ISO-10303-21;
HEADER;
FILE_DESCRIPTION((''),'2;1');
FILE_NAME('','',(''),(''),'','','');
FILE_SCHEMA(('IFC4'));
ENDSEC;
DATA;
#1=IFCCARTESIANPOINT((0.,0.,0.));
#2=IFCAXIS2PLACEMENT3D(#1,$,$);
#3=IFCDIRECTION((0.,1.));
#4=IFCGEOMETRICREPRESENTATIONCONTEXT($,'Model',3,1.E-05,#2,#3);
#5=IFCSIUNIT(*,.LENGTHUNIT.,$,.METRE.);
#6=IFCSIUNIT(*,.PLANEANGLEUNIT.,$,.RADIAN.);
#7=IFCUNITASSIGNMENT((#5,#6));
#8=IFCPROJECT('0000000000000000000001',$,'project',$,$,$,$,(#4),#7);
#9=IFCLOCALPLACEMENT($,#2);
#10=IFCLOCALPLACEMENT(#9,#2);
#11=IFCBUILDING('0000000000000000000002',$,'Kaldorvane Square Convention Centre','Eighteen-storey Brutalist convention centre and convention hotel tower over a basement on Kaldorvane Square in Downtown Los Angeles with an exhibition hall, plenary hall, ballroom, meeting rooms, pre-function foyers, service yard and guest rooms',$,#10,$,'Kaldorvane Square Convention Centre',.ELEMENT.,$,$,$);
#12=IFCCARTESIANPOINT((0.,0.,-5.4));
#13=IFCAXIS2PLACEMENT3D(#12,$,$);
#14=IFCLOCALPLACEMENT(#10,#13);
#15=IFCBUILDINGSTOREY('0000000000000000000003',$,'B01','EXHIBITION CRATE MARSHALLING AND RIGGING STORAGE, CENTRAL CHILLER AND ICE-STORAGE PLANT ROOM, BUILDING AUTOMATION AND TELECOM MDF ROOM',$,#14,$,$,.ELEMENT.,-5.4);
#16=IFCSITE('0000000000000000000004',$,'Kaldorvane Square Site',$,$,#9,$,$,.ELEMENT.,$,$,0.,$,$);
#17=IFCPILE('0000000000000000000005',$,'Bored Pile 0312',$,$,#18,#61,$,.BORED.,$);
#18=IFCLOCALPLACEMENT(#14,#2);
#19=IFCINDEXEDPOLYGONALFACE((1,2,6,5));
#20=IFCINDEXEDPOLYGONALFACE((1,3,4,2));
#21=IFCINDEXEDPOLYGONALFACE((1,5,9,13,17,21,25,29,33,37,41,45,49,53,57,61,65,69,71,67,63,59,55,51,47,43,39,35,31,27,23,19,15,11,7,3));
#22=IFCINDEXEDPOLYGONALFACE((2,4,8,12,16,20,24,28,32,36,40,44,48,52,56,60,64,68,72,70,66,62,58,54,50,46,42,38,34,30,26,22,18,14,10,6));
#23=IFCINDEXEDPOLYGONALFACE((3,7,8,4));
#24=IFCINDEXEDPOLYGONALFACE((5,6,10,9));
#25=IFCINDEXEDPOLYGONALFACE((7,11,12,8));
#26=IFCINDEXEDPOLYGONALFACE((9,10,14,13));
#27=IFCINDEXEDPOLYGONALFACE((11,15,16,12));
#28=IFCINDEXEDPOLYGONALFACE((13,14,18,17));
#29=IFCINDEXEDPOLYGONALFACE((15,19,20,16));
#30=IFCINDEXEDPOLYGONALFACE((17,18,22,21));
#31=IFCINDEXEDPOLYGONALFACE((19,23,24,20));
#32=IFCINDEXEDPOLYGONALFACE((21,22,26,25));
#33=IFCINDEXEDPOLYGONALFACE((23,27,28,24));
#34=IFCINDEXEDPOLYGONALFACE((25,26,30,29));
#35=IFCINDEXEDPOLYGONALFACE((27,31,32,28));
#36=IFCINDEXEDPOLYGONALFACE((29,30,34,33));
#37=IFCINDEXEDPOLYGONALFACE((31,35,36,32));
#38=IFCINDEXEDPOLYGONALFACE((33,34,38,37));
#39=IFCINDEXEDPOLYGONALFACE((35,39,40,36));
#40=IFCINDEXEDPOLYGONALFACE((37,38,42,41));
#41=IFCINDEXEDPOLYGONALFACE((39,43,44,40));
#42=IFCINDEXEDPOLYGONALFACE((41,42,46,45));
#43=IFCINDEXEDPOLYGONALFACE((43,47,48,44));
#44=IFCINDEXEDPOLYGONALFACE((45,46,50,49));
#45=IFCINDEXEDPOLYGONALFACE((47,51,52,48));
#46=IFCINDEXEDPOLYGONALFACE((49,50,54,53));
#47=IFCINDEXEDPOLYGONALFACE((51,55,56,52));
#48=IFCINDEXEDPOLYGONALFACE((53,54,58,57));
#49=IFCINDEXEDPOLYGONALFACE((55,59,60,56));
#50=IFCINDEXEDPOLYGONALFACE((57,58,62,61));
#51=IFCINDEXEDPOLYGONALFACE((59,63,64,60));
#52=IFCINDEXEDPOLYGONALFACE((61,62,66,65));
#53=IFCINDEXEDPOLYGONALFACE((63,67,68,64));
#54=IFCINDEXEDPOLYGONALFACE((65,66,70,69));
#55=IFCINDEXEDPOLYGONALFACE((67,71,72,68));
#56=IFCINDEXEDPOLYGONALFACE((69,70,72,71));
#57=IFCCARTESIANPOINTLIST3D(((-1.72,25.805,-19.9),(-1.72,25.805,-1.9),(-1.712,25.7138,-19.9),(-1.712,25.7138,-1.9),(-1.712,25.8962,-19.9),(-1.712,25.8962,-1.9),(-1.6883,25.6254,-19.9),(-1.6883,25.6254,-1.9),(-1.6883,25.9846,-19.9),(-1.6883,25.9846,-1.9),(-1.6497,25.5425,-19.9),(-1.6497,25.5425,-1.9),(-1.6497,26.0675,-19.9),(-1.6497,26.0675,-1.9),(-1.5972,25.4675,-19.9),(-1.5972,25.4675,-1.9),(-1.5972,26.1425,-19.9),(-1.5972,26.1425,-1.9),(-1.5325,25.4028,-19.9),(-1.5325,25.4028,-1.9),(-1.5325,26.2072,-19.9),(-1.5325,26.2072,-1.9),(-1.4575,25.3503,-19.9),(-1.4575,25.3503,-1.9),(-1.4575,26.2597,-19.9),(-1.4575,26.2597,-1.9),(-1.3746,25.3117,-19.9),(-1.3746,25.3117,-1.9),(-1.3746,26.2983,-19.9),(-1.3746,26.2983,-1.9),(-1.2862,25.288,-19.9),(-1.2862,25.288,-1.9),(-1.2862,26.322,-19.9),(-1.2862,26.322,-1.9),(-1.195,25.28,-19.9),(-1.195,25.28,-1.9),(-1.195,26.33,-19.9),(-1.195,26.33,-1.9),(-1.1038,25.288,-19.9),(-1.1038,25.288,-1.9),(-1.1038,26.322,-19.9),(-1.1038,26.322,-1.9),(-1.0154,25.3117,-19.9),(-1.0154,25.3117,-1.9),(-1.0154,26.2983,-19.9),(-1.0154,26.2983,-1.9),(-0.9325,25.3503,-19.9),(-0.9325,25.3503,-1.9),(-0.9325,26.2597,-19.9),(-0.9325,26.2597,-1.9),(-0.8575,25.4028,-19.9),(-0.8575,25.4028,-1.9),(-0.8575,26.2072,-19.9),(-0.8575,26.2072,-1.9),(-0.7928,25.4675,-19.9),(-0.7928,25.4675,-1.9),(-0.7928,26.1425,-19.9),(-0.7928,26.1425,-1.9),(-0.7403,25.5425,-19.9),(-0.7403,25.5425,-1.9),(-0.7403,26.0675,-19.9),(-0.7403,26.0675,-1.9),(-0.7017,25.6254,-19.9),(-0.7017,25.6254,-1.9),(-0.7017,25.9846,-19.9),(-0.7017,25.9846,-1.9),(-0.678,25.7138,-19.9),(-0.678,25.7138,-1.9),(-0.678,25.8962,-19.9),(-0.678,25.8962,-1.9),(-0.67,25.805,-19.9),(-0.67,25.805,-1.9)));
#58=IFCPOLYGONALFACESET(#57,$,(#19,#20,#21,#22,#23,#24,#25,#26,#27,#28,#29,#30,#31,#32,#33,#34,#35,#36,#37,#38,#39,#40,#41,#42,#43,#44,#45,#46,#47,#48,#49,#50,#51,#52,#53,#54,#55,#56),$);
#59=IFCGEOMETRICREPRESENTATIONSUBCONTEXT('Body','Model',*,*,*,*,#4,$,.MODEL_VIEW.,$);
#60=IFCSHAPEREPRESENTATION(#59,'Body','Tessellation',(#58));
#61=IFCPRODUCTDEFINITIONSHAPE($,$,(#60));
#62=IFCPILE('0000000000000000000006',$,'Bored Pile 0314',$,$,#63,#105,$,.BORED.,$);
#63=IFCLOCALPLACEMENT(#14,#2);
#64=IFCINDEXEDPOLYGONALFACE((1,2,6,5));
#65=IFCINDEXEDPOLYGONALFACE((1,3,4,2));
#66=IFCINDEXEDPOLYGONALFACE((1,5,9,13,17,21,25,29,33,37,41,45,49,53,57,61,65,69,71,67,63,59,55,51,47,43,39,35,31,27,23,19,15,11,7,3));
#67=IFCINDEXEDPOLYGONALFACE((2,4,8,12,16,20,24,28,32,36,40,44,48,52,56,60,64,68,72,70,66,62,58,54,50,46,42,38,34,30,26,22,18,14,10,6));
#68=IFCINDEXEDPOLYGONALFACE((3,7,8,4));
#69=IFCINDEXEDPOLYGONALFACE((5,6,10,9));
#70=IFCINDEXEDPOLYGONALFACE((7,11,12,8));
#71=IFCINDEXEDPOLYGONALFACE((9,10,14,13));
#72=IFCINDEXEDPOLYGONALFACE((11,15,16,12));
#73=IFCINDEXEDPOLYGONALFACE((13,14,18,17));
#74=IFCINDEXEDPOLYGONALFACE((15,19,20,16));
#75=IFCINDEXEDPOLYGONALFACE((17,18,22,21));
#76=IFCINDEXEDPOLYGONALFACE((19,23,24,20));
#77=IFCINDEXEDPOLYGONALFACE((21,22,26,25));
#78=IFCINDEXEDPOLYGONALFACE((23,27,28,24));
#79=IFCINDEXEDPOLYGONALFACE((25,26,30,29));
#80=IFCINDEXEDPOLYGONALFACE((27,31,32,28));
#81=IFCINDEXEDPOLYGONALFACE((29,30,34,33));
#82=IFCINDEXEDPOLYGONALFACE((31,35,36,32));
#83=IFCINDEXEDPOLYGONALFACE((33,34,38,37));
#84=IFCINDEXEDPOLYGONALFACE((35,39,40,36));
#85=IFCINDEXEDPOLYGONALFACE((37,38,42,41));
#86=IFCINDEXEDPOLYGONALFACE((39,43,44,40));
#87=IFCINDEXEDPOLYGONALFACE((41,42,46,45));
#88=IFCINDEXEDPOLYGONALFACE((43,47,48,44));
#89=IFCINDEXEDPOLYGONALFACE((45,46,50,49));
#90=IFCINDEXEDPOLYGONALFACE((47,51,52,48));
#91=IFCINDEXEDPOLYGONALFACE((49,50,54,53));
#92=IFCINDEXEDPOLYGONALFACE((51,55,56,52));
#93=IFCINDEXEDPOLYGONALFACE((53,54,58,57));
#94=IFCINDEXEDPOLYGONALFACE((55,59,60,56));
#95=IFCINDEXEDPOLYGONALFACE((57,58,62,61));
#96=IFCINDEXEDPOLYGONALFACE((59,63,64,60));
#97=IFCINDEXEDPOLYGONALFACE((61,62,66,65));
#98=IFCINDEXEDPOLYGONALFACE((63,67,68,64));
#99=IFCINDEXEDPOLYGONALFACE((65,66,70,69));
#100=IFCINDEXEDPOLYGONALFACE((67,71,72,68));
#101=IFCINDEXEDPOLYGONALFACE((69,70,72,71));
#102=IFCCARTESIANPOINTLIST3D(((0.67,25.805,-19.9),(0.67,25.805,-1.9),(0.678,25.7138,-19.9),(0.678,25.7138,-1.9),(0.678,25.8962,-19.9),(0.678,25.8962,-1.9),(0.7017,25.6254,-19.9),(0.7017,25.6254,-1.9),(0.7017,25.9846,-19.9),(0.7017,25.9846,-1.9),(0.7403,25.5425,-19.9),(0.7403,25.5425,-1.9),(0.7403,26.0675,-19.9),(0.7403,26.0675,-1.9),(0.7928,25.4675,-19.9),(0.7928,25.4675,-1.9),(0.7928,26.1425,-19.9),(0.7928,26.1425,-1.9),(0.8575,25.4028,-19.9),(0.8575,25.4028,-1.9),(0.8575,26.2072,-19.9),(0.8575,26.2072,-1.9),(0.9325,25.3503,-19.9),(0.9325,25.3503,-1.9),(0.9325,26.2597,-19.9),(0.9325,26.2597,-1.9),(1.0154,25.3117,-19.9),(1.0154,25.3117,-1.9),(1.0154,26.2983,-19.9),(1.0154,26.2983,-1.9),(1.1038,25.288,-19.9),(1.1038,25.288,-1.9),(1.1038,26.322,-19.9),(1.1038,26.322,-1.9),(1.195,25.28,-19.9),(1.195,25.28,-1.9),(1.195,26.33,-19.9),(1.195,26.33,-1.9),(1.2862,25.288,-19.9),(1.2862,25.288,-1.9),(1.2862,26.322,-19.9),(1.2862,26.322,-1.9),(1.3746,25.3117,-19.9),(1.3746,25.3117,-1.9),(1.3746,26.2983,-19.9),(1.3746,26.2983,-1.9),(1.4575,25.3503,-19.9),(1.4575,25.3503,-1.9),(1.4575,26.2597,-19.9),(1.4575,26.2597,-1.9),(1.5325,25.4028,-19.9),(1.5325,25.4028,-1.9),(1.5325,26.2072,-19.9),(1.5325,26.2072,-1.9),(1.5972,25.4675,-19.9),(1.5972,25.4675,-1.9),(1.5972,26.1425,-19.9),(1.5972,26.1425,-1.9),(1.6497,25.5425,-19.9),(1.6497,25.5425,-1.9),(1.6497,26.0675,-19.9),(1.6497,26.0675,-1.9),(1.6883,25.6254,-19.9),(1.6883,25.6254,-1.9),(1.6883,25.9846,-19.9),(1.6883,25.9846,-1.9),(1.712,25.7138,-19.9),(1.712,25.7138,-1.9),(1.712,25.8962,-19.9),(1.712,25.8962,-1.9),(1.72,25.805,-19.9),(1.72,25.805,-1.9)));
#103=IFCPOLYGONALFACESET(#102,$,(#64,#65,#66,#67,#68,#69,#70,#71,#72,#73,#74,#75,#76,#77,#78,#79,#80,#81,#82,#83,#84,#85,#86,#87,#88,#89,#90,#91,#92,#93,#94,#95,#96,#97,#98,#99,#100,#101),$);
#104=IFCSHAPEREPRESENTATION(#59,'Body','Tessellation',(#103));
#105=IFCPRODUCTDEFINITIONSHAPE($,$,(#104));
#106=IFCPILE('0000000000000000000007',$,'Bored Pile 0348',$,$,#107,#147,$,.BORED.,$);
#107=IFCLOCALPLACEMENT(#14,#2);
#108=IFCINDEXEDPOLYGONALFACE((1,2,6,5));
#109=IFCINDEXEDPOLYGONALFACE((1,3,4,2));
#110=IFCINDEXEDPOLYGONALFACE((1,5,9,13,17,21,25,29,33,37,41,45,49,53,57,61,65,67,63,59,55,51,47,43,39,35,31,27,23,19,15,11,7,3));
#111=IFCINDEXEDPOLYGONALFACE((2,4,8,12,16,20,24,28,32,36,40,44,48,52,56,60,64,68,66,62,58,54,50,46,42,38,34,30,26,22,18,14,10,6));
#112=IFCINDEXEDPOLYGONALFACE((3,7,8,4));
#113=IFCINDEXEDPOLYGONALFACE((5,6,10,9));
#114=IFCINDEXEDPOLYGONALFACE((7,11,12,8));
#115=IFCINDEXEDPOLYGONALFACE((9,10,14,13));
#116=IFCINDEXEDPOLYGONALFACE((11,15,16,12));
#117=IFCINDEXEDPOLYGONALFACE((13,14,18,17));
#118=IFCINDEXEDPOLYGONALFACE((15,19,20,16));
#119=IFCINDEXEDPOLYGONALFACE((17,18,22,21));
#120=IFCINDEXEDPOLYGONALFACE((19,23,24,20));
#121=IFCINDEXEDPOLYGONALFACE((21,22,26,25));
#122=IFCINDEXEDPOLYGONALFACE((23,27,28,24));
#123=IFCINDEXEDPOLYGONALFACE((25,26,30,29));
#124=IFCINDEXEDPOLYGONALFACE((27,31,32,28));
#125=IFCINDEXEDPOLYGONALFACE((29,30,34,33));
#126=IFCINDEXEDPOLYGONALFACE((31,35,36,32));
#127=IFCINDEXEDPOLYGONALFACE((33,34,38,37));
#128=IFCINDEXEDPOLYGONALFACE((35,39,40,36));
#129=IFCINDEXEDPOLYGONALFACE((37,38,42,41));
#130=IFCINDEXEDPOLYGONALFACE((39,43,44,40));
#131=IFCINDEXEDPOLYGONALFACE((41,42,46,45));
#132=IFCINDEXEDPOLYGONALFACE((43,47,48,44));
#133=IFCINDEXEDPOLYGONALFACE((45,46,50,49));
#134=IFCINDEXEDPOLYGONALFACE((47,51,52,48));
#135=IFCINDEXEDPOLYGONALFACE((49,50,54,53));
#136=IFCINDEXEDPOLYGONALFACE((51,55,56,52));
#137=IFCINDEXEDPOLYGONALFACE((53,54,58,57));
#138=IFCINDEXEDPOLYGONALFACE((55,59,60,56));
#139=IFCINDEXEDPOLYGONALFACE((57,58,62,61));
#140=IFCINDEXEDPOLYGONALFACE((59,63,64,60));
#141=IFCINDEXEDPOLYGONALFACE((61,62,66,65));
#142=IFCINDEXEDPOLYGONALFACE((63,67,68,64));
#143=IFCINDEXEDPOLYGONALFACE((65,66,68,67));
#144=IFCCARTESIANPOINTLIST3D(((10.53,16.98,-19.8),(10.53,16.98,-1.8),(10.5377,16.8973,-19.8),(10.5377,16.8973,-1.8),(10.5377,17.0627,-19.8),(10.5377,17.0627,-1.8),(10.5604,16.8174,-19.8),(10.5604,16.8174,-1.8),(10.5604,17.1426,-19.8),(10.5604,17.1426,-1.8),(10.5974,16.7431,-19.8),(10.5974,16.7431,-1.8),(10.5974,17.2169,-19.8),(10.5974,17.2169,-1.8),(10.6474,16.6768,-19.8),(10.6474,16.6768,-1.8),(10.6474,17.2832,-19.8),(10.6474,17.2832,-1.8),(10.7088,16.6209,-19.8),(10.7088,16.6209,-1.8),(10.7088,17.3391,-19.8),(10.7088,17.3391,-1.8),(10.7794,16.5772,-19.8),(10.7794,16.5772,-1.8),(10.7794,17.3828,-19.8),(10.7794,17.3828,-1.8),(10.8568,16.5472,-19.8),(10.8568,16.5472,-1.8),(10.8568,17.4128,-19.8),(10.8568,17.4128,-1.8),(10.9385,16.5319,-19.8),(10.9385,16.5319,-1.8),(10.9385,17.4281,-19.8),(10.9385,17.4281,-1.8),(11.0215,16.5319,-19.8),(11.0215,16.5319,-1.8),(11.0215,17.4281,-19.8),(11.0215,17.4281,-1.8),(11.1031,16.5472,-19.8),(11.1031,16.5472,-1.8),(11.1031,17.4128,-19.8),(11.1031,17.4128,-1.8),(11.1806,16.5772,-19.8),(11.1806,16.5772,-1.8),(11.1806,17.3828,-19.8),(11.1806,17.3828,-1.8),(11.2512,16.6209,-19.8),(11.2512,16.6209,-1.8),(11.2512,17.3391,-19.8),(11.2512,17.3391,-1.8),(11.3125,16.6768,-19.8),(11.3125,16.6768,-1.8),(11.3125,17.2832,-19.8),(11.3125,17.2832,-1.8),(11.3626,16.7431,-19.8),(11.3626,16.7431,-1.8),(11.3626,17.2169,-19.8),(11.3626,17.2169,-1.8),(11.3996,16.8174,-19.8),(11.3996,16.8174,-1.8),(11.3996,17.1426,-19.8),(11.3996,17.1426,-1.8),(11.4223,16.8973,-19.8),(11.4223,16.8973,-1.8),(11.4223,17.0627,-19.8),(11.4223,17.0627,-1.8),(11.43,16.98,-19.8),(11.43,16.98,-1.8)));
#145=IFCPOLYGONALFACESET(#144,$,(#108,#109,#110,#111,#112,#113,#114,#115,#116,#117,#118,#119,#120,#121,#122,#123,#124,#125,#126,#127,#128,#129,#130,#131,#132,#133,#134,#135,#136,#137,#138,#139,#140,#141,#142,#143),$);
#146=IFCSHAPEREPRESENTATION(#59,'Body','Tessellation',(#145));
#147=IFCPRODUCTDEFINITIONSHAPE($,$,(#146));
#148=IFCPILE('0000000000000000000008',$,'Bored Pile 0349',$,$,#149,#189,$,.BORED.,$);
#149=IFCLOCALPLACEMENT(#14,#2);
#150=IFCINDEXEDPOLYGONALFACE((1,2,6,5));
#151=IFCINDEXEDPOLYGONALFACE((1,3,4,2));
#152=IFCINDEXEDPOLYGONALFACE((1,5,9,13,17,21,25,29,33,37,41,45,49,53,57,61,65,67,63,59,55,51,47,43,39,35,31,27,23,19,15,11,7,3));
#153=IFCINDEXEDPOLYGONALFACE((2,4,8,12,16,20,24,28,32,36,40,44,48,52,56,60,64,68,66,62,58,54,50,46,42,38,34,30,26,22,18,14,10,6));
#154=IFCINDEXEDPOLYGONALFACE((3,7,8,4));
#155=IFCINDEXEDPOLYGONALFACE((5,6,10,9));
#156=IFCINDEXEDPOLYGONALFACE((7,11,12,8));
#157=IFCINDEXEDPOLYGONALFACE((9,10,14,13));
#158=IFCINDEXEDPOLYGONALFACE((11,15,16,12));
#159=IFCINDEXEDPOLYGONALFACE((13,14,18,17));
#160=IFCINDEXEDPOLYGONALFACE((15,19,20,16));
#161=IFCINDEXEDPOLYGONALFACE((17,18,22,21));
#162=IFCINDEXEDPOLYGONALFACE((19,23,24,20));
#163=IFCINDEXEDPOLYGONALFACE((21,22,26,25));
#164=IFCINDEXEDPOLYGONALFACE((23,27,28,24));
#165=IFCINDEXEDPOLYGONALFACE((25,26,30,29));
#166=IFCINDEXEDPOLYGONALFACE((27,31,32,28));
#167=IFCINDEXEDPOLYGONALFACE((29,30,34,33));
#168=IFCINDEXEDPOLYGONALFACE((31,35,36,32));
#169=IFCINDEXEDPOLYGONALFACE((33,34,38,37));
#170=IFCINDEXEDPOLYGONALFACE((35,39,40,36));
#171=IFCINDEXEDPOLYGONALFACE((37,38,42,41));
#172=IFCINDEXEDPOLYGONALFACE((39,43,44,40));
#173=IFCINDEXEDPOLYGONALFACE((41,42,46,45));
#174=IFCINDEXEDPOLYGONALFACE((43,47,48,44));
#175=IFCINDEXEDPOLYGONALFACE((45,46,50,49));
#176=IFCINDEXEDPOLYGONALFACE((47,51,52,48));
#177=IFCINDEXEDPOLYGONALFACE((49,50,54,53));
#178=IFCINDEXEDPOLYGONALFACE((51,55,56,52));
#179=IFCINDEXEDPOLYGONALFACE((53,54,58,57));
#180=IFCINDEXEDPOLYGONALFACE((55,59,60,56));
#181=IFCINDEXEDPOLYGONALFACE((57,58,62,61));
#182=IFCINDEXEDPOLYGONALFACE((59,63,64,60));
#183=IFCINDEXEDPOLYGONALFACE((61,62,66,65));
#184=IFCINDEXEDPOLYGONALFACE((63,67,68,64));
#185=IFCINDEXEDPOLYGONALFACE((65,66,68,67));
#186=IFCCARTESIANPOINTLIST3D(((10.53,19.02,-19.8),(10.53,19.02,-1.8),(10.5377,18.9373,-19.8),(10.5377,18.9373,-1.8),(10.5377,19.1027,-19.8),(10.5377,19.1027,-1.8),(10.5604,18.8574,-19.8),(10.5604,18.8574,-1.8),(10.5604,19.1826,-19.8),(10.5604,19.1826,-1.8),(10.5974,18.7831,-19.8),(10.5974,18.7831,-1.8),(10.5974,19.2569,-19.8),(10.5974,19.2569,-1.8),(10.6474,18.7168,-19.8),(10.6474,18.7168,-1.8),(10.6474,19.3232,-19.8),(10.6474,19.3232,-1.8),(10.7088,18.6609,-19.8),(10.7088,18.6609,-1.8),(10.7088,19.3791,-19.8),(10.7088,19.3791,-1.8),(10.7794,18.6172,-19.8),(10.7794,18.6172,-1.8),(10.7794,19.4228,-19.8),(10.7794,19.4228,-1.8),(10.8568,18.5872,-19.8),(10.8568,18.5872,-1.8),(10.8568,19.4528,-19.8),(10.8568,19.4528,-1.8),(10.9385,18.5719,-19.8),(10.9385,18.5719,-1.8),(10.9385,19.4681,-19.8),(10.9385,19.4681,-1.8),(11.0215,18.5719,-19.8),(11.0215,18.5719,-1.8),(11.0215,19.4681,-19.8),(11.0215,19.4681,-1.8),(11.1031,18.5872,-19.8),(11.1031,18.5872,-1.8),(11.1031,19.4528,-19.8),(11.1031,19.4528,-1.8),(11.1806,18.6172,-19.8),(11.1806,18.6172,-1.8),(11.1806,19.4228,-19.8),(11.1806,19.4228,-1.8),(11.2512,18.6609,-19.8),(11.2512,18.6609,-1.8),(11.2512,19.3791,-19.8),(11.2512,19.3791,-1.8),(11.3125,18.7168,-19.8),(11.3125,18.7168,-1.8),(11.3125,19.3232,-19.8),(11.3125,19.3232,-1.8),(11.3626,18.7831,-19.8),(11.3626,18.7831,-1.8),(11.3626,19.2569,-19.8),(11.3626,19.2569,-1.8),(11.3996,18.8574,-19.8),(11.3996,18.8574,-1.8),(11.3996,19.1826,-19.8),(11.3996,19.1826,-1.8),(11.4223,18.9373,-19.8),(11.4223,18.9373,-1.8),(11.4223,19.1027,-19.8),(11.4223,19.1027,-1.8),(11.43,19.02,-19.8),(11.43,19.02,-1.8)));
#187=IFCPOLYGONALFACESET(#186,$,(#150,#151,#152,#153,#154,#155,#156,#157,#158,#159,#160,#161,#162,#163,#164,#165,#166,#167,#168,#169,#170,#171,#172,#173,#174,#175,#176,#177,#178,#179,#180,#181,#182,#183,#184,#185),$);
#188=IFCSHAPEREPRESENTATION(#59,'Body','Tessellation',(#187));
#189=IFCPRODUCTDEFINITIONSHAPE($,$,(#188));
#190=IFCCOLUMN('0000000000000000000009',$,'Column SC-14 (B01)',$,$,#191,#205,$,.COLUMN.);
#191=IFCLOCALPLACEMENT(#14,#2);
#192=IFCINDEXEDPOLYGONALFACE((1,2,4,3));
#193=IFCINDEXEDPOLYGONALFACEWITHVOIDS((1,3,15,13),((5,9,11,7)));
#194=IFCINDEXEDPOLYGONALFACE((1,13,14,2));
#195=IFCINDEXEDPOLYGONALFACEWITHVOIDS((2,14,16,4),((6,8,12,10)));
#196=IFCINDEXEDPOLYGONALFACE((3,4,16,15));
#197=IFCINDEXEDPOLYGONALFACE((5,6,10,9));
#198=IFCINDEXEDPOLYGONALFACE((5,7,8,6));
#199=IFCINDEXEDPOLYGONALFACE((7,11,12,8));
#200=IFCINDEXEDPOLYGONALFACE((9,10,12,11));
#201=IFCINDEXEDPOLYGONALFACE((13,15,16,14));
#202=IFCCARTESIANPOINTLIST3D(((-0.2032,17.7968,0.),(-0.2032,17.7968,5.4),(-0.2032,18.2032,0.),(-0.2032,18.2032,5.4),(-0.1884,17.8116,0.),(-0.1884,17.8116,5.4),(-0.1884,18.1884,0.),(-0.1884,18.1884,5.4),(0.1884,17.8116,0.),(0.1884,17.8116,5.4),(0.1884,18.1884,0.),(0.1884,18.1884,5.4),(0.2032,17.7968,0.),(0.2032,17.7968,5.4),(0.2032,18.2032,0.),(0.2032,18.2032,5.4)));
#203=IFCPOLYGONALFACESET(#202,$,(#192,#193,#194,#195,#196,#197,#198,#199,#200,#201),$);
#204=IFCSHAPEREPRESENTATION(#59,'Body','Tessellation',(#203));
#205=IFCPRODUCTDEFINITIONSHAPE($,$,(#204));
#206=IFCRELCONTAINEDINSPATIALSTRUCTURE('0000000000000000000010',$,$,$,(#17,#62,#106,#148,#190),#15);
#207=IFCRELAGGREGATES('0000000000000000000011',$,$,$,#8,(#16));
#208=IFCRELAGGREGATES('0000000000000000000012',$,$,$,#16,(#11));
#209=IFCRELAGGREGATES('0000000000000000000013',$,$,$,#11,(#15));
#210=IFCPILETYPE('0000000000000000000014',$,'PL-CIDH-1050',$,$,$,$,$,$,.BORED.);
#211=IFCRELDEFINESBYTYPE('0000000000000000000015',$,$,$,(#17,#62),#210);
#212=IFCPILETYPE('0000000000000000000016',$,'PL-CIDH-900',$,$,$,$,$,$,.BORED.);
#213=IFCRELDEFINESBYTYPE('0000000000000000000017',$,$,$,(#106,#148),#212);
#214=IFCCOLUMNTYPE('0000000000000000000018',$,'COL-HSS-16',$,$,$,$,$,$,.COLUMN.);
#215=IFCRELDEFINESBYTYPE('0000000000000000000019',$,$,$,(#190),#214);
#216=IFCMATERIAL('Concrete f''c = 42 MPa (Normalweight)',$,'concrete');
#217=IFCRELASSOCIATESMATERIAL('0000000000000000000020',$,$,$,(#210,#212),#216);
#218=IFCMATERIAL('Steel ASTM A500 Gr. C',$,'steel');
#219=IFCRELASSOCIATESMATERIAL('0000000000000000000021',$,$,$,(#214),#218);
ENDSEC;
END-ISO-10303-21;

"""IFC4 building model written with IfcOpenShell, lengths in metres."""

from ifc_helpers import new_model, si_unit, direction, frame, origin, origin_2d, place, context, subcontext, project, spatial, hollow_rectangle, circle, extrude, material, material_profile, profile_set, type_object, element, save


model = new_model("IFC4")

# Units and contexts
model_context = context("Model", 3, precision=1e-05, world=origin(), true_north=direction((0.0, 1.0)))
body_context = subcontext(model_context, "Body", "Model", "MODEL_VIEW")
ifc_project = project(units=[si_unit("LENGTHUNIT", "METRE"), si_unit("PLANEANGLEUNIT", "RADIAN")], contexts=[model_context])

# Site, building, storey
site_placement = place(None, origin())
site = spatial("IfcSite", under=ifc_project, at=site_placement, Name="Kaldorvane Square Site", CompositionType="ELEMENT", RefElevation=0.0)
building_placement = place(site_placement, origin())
building = spatial("IfcBuilding", under=site, at=building_placement, Name="Kaldorvane Square Convention Centre", Description="Eighteen-storey Brutalist convention centre and convention hotel tower over a basement on Kaldorvane Square in Downtown Los Angeles with an exhibition hall, plenary hall, ballroom, meeting rooms, pre-function foyers, service yard and guest rooms", LongName="Kaldorvane Square Convention Centre", CompositionType="ELEMENT")
storey_placement = place(building_placement, frame((0.0, 0.0, -5.4)))
storey = spatial("IfcBuildingStorey", under=building, at=storey_placement, Name="B01", Description="EXHIBITION CRATE MARSHALLING AND RIGGING STORAGE, CENTRAL CHILLER AND ICE-STORAGE PLANT ROOM, BUILDING AUTOMATION AND TELECOM MDF ROOM", CompositionType="ELEMENT", Elevation=-5.4)

# Shared definitions
ifc_material_1 = material(Name="Concrete f'c = 42 MPa (Normalweight)", Category="concrete")

# Piles
ifc_material_profile_1 = material_profile(ifc_material_1, circle(Radius=0.525, at=origin_2d()), Name="PILE-D1050")
ifc_profile_set_1 = profile_set([ifc_material_profile_1], Name="Concrete f'c = 42 MPa (Normalweight)")
pile_type_1 = type_object("IfcPileType", Name="PL-CIDH-1050", PredefinedType="BORED", material=ifc_profile_set_1)
for number, where, z_axis, x_axis, name in (
    (1, (-1.195, 25.805, -1.9), (0.0, 0.0, -1.0), (1.0, 0.0, 0.0), "Bored Pile 0312"),
    (2, (1.195, 25.805, -1.9), (0.0, 0.0, -1.0), (1.0, 0.0, 0.0), "Bored Pile 0314"),
):
    element("IfcPile", number, at=place(storey_placement, frame(where, z_axis=z_axis, x_axis=x_axis)), inside=storey, type_object=pile_type_1, Name=name, PredefinedType="BORED", context=body_context, shape_type="SweptSolid", body=[
        extrude(circle(Radius=0.525, at=origin_2d()), origin(), (0.0, 0.0, 1.0), 18.0),
    ])
ifc_material_profile_2 = material_profile(ifc_material_1, circle(Radius=0.45, at=origin_2d()), Name="PILE-D900")
ifc_profile_set_2 = profile_set([ifc_material_profile_2], Name="Concrete f'c = 42 MPa (Normalweight)")
pile_type_2 = type_object("IfcPileType", Name="PL-CIDH-900", PredefinedType="BORED", material=ifc_profile_set_2)
for number, where, z_axis, x_axis, name in (
    (3, (10.98, 16.98, -1.8), (0.0, 0.0, -1.0), (1.0, 0.0, 0.0), "Bored Pile 0348"),
    (4, (10.98, 19.02, -1.8), (0.0, 0.0, -1.0), (1.0, 0.0, 0.0), "Bored Pile 0349"),
):
    element("IfcPile", number, at=place(storey_placement, frame(where, z_axis=z_axis, x_axis=x_axis)), inside=storey, type_object=pile_type_2, Name=name, PredefinedType="BORED", context=body_context, shape_type="SweptSolid", body=[
        extrude(circle(Radius=0.45, at=origin_2d()), origin(), (0.0, 0.0, 1.0), 18.0),
    ])

# Column
ifc_material_2 = material(Name="Steel ASTM A500 Gr. C", Category="steel")
ifc_material_profile_3 = material_profile(ifc_material_2, hollow_rectangle(XDim=0.4064, YDim=0.4064, WallThickness=0.0148, at=origin_2d()), Name="HSS16X16X5/8")
ifc_profile_set_3 = profile_set([ifc_material_profile_3], Name="Steel ASTM A500 Gr. C")
column_type_1 = type_object("IfcColumnType", Name="COL-HSS-16", PredefinedType="COLUMN", material=ifc_profile_set_3)
column_placement = place(storey_placement, frame((0.0, 18.0, 0.0), z_axis=(0.0, 0.0, 1.0), x_axis=(1.0, 0.0, 0.0)))
element("IfcColumn", 5, at=column_placement, inside=storey, type_object=column_type_1, Name="Column SC-14 (B01)", PredefinedType="COLUMN", context=body_context, shape_type="SweptSolid", body=[
    extrude(hollow_rectangle(XDim=0.4064, YDim=0.4064, WallThickness=0.0148, at=origin_2d()), origin(), (0.0, 0.0, 1.0), 5.4),
])

save(model, "model.ifc")
